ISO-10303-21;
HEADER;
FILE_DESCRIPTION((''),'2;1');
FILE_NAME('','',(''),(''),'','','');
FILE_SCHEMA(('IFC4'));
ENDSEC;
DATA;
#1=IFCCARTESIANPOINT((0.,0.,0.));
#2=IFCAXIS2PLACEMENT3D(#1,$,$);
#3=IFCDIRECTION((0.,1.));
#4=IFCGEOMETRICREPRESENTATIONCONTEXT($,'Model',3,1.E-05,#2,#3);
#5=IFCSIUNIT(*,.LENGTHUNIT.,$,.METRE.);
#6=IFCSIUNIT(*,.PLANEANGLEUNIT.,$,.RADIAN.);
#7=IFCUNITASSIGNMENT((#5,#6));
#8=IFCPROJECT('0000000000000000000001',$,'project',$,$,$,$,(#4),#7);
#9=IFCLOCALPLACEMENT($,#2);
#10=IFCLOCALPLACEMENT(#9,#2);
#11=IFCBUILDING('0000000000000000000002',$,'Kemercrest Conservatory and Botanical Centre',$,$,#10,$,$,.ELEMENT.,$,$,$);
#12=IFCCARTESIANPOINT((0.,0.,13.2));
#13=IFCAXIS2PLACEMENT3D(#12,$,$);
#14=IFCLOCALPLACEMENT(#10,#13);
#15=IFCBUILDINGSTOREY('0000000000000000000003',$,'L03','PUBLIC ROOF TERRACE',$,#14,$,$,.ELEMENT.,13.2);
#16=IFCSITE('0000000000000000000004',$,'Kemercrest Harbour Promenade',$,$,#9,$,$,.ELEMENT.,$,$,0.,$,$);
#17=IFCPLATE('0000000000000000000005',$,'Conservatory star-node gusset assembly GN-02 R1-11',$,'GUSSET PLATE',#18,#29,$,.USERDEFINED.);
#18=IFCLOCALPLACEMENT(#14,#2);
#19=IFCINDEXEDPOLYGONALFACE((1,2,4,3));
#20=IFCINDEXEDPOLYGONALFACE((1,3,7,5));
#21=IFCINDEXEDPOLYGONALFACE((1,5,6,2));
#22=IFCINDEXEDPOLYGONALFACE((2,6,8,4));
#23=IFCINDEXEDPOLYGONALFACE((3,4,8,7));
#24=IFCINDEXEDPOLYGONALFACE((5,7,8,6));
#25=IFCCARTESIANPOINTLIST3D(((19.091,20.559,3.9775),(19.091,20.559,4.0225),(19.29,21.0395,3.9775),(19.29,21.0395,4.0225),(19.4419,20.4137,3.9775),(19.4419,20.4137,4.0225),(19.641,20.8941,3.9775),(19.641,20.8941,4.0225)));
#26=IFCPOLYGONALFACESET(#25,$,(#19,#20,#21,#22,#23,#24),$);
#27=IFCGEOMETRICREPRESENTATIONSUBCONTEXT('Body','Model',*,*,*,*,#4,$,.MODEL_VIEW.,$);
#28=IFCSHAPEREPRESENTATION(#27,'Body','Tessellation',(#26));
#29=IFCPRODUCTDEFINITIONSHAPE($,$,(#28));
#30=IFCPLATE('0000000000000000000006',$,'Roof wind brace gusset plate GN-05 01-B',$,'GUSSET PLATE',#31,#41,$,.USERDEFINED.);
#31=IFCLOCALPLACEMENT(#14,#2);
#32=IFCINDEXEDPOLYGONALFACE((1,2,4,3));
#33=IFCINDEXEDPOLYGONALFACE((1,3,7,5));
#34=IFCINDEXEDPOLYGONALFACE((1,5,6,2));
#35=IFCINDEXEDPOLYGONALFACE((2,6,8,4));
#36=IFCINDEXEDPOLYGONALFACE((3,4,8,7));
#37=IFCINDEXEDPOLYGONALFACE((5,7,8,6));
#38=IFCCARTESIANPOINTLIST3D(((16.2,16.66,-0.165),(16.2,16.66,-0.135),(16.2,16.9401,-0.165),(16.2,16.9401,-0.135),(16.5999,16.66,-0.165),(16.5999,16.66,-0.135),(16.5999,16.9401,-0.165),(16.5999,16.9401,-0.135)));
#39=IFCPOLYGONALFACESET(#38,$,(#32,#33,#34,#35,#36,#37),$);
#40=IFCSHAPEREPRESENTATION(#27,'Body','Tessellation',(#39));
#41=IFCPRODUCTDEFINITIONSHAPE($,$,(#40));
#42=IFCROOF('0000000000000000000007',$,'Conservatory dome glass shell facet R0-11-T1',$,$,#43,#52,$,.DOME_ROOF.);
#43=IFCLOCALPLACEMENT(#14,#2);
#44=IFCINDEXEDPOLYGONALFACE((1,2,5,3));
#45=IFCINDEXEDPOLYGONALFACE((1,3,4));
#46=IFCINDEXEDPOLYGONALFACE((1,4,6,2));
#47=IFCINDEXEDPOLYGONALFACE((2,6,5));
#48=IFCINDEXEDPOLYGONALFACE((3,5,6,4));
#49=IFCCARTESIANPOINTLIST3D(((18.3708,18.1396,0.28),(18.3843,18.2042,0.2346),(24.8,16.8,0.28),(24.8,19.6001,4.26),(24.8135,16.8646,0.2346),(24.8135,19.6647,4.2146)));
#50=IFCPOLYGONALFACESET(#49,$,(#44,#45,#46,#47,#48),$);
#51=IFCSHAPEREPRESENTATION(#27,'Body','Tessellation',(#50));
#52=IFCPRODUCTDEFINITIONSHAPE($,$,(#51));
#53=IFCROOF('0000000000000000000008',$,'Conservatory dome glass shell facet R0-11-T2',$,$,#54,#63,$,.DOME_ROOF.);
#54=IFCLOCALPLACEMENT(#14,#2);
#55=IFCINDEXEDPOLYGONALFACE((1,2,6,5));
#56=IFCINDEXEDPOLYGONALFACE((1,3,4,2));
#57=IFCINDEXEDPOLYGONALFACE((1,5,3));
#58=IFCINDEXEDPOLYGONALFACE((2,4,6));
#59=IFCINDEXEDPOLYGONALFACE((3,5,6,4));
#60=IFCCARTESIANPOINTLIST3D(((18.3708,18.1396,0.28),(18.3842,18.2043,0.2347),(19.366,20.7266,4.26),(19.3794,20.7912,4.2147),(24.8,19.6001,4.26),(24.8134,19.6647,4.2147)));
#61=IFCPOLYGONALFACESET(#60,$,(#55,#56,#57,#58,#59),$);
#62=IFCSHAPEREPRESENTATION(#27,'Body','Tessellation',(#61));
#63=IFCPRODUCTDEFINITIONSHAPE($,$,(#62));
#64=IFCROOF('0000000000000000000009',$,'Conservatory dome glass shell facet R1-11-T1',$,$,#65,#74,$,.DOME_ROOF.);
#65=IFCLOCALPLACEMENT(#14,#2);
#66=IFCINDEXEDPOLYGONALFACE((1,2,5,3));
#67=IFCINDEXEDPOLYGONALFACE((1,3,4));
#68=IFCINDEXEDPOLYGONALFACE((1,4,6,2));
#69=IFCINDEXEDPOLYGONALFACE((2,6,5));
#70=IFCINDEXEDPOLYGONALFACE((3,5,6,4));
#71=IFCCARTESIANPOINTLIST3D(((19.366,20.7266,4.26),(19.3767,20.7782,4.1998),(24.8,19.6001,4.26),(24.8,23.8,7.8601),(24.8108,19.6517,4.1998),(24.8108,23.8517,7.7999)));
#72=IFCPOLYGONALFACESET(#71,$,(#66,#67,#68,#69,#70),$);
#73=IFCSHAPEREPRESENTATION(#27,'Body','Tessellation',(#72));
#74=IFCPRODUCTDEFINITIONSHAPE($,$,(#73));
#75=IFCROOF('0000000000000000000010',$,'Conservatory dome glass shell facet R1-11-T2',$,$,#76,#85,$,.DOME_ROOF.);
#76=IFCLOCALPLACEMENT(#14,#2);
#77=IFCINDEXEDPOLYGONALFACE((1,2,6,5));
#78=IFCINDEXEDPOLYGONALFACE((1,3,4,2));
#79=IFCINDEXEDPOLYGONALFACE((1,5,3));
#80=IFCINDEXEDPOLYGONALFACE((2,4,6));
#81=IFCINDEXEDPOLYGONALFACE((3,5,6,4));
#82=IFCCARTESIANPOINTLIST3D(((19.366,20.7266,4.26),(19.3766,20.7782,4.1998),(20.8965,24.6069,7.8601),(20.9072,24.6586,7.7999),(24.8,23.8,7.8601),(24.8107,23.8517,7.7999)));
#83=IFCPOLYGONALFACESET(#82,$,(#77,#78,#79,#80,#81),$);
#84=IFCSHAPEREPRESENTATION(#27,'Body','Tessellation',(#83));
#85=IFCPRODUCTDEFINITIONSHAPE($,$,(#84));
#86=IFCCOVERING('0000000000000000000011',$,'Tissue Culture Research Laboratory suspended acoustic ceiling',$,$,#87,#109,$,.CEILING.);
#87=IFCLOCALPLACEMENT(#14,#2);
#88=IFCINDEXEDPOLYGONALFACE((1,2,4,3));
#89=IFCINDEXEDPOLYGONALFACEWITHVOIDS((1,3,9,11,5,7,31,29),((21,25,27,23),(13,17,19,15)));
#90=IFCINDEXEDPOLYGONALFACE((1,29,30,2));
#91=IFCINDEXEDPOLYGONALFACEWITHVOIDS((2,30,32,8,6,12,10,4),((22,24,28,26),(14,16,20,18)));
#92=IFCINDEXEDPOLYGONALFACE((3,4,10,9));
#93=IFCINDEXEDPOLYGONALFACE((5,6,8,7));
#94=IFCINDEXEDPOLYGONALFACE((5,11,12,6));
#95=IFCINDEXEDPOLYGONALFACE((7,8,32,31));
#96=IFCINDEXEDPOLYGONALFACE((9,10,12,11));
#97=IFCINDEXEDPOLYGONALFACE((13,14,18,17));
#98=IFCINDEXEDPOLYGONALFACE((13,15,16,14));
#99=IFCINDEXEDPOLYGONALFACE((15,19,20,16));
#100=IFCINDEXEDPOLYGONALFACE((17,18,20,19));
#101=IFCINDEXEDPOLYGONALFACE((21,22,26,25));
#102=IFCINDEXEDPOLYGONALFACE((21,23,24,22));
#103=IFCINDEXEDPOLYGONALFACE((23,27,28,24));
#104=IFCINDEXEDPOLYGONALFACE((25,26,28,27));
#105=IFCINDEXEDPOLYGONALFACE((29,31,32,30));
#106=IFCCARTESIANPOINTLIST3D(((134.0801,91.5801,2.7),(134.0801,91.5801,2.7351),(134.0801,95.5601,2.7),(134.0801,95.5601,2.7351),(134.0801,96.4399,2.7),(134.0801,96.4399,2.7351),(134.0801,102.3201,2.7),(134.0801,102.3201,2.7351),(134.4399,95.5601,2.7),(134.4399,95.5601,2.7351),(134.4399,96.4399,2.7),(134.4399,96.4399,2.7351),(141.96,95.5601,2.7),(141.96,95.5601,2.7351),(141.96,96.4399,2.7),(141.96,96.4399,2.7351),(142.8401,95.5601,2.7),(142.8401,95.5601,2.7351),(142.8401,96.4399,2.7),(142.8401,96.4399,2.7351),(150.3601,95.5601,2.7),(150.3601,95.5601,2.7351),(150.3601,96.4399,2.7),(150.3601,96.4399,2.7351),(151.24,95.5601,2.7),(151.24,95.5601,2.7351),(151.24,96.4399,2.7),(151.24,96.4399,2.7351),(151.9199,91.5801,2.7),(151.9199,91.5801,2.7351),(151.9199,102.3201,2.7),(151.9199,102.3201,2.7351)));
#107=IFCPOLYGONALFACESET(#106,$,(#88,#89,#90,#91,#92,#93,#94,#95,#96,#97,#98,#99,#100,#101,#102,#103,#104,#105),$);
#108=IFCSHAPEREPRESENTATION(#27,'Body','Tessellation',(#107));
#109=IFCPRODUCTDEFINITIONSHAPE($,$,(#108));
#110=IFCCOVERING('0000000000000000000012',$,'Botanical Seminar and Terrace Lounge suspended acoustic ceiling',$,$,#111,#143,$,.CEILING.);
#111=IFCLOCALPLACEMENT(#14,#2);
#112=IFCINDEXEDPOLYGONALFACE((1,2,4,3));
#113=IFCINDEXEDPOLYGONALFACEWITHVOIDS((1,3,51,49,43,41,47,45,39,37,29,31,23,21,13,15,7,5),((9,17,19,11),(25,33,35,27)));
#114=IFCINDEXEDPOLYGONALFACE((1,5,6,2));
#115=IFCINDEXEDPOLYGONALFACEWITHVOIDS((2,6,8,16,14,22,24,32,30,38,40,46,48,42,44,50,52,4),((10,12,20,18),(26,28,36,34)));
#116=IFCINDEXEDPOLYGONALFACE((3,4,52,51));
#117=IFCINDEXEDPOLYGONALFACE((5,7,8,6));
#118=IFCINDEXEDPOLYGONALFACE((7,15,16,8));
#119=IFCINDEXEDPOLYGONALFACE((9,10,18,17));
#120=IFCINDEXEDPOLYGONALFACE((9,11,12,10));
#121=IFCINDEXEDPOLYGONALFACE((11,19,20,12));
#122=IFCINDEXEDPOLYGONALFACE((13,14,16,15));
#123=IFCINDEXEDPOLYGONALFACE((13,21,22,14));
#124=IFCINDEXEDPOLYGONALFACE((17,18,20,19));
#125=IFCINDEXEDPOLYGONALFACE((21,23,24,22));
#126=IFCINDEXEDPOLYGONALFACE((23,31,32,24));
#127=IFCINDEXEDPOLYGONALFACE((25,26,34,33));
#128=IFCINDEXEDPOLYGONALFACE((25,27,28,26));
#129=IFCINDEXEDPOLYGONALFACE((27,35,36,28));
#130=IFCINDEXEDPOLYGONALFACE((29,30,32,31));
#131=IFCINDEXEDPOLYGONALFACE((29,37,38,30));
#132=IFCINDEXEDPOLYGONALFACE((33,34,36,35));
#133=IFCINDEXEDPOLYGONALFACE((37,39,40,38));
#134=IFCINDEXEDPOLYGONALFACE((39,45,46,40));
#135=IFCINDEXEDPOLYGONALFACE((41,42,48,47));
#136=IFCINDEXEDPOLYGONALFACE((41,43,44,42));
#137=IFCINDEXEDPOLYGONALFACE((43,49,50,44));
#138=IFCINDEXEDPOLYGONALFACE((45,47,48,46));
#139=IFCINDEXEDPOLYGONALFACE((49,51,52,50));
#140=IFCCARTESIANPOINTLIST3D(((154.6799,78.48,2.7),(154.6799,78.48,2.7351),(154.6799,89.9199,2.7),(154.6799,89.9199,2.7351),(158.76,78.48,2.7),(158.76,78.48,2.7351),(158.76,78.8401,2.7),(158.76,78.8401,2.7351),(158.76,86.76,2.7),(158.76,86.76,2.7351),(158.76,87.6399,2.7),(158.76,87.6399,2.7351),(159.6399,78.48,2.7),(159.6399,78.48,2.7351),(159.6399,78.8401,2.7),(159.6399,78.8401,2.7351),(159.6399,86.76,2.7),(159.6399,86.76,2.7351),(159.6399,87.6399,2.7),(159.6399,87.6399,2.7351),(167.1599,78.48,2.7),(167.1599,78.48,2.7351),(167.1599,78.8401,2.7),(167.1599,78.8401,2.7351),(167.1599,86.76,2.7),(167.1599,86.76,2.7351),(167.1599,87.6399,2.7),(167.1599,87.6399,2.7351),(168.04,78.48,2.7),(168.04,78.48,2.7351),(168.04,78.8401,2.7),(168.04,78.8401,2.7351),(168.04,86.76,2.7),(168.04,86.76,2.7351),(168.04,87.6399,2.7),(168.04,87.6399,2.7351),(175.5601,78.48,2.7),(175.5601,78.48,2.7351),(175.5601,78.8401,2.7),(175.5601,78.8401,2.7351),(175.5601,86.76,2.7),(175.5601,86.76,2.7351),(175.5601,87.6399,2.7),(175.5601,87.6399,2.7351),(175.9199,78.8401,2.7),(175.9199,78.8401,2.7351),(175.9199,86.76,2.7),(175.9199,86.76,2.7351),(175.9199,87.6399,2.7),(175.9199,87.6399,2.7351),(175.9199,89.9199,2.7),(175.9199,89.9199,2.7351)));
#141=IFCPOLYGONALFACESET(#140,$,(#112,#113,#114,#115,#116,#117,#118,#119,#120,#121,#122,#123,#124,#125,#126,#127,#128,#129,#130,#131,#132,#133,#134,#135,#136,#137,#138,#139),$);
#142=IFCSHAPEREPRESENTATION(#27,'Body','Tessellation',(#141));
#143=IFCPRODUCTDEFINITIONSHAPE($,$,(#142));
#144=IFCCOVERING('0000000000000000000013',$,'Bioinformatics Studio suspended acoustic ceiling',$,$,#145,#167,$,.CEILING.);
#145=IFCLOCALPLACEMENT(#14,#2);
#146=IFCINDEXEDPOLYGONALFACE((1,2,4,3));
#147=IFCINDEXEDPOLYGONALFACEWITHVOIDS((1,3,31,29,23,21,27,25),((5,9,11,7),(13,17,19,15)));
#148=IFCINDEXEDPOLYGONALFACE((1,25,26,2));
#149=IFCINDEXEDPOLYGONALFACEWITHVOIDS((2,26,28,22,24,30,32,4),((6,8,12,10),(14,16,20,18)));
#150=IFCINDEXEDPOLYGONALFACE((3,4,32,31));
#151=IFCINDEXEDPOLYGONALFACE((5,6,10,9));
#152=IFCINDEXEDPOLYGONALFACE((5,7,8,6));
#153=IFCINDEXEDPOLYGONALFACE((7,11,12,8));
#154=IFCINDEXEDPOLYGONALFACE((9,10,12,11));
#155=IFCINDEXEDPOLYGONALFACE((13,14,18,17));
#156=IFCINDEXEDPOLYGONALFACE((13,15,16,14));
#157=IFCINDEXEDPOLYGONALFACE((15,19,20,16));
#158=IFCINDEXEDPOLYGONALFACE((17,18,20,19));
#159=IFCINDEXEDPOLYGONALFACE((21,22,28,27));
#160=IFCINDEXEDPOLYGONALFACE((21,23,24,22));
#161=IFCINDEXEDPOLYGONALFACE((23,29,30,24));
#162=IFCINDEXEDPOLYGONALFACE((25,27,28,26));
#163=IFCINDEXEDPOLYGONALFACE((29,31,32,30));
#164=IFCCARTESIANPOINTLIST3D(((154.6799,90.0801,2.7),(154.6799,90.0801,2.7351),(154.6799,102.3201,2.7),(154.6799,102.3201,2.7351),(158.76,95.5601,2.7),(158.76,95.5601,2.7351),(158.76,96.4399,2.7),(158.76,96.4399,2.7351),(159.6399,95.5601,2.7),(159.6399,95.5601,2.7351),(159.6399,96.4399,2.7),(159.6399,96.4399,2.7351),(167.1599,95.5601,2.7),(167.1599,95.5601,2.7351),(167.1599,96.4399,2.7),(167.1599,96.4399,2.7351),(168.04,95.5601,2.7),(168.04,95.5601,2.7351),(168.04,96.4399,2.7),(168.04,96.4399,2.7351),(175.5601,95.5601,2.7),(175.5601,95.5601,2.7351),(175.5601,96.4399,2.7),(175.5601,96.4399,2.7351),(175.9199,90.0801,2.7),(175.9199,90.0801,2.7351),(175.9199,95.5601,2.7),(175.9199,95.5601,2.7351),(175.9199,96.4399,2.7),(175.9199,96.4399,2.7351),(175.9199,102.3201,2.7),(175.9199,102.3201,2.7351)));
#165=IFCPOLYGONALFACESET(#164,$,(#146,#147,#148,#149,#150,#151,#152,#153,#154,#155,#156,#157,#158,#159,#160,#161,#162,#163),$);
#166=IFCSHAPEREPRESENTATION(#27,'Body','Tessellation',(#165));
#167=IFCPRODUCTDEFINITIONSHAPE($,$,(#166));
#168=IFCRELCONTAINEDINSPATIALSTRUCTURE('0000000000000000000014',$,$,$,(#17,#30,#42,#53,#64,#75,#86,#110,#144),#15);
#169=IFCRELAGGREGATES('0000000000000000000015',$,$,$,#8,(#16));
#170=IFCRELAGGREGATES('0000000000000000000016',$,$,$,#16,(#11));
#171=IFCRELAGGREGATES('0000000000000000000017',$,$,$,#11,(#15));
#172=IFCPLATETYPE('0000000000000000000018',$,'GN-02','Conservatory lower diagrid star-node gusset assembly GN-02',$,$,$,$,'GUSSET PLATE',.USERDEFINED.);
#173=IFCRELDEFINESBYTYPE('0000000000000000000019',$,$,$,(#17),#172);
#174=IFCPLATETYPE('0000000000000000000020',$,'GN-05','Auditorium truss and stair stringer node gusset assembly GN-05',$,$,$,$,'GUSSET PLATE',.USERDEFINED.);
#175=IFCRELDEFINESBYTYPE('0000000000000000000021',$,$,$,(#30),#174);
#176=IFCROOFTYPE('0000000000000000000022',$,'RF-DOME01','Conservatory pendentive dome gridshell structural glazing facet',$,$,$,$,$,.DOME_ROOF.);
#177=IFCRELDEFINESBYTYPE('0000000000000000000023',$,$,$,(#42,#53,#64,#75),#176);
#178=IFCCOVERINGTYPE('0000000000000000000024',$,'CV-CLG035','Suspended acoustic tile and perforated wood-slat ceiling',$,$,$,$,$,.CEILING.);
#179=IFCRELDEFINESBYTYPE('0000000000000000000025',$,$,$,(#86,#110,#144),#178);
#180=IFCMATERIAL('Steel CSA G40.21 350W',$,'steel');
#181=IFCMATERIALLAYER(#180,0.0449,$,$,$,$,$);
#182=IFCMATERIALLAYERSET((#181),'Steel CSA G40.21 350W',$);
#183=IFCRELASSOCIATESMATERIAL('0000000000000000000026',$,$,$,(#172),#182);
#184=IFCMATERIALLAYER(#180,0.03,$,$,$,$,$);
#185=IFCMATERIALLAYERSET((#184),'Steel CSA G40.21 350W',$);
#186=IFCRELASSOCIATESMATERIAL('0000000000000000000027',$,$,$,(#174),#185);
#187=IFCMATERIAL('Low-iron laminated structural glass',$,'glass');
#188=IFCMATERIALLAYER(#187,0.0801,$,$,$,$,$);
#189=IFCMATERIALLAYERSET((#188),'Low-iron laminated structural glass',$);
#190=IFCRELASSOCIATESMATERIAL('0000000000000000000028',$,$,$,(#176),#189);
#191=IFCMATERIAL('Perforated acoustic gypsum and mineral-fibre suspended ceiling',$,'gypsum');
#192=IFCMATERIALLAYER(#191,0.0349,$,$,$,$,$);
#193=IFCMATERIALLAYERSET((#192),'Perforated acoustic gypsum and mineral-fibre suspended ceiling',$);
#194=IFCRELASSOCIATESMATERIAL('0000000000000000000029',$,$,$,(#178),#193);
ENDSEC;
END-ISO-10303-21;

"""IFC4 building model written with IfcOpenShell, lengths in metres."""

from ifc_helpers import new_model, si_unit, direction, frame, origin, origin_2d, place, context, subcontext, project, spatial, polyline, rectangle, outline, extrude, material, layer, layer_set, type_object, element, save


model = new_model("IFC4")

# Units and contexts
model_context = context("Model", 3, precision=1e-05, world=origin(), true_north=direction((0.0, 1.0)))
body_context = subcontext(model_context, "Body", "Model", "MODEL_VIEW")
ifc_project = project(units=[si_unit("LENGTHUNIT", "METRE"), si_unit("PLANEANGLEUNIT", "RADIAN")], contexts=[model_context])

# Site, building, storey
site_placement = place(None, origin())
site = spatial("IfcSite", under=ifc_project, at=site_placement, Name="Kemercrest Harbour Promenade", CompositionType="ELEMENT", RefElevation=0.0)
building_placement = place(site_placement, origin())
building = spatial("IfcBuilding", under=site, at=building_placement, Name="Kemercrest Conservatory and Botanical Centre", CompositionType="ELEMENT")
storey_placement = place(building_placement, frame((0.0, 0.0, 13.2)))
storey = spatial("IfcBuildingStorey", under=building, at=storey_placement, Name="L03", Description="PUBLIC ROOF TERRACE", CompositionType="ELEMENT", Elevation=13.2)

# Shared definitions
ifc_material_1 = material(Name="Steel CSA G40.21 350W", Category="steel")

# Plates
ifc_layer_1 = layer(ifc_material_1, 0.0449)
ifc_layer_set_1 = layer_set([ifc_layer_1], Name="Steel CSA G40.21 350W")
plate_type_1 = type_object("IfcPlateType", Name="GN-02", Description="Conservatory lower diagrid star-node gusset assembly GN-02", ElementType="GUSSET PLATE", PredefinedType="USERDEFINED", material=ifc_layer_set_1)
plate_1_placement = place(storey_placement, frame((19.366, 20.7266, 3.9775), z_axis=(0.0, 0.0, 1.0), x_axis=(0.382683, 0.92388, 0.0)))
element("IfcPlate", 1, at=plate_1_placement, inside=storey, type_object=plate_type_1, Name="Conservatory star-node gusset assembly GN-02 R1-11", ObjectType="GUSSET PLATE", PredefinedType="USERDEFINED", context=body_context, shape_type="SweptSolid", body=[
    extrude(rectangle(XDim=0.52, YDim=0.3799, at=origin_2d()), origin(), (0.0, 0.0, 1.0), 0.0449),
])
ifc_layer_2 = layer(ifc_material_1, 0.03)
ifc_layer_set_2 = layer_set([ifc_layer_2], Name="Steel CSA G40.21 350W")
plate_type_2 = type_object("IfcPlateType", Name="GN-05", Description="Auditorium truss and stair stringer node gusset assembly GN-05", ElementType="GUSSET PLATE", PredefinedType="USERDEFINED", material=ifc_layer_set_2)
plate_2_placement = place(storey_placement, frame((16.3999, 16.8, -0.165), z_axis=(0.0, 0.0, 1.0), x_axis=(1.0, 0.0, 0.0)))
element("IfcPlate", 2, at=plate_2_placement, inside=storey, type_object=plate_type_2, Name="Roof wind brace gusset plate GN-05 01-B", ObjectType="GUSSET PLATE", PredefinedType="USERDEFINED", context=body_context, shape_type="SweptSolid", body=[
    extrude(rectangle(XDim=0.3999, YDim=0.28, at=origin_2d()), origin(), (0.0, 0.0, 1.0), 0.03),
])

# Roofs
ifc_material_2 = material(Name="Low-iron laminated structural glass", Category="glass")
ifc_layer_3 = layer(ifc_material_2, 0.0801)
ifc_layer_set_3 = layer_set([ifc_layer_3], Name="Low-iron laminated structural glass")
roof_type = type_object("IfcRoofType", Name="RF-DOME01", Description="Conservatory pendentive dome gridshell structural glazing facet", PredefinedType="DOME_ROOF", material=ifc_layer_set_3)
roof_1_placement = place(storey_placement, frame((18.3708, 18.1396, 0.28), z_axis=(-0.167991, -0.806249, 0.567223), x_axis=(0.978975, -0.203981, 0.0)))
element("IfcRoof", 3, at=roof_1_placement, inside=storey, type_object=roof_type, Name="Conservatory dome glass shell facet R0-11-T1", PredefinedType="DOME_ROOF", context=body_context, shape_type="SweptSolid", body=[
    extrude(outline(polyline([(0.0, 0.0), (6.5673, 0.0), (5.9961, 4.8326), (0.0, 0.0)])), origin(), (0.0, 0.0, -1.0), 0.0801),
])
roof_2_placement = place(storey_placement, frame((18.3708, 18.1396, 0.28), z_axis=(-0.167288, -0.807, 0.566362), x_axis=(0.834836, 0.18964, 0.516803)))
element("IfcRoof", 4, at=roof_2_placement, inside=storey, type_object=roof_type, Name="Conservatory dome glass shell facet R0-11-T2", PredefinedType="DOME_ROOF", context=body_context, shape_type="SweptSolid", body=[
    extrude(outline(polyline([(0.0, 0.0), (7.7012, 0.0), (3.3782, 3.48), (0.0, 0.0)])), origin(), (0.0, 0.0, -1.0), 0.0801),
])
roof_3_placement = place(storey_placement, frame((19.366, 20.7266, 4.26), z_axis=(-0.133698, -0.644963, 0.752428), x_axis=(0.979183, -0.202981, 0.0)))
element("IfcRoof", 5, at=roof_3_placement, inside=storey, type_object=roof_type, Name="Conservatory dome glass shell facet R1-11-T1", PredefinedType="DOME_ROOF", context=body_context, shape_type="SweptSolid", body=[
    extrude(outline(polyline([(0.0, 0.0), (5.5496, 0.0), (4.6971, 5.4657), (0.0, 0.0)])), origin(), (0.0, 0.0, -1.0), 0.0801),
])
roof_4_placement = place(storey_placement, frame((19.366, 20.7266, 4.26), z_axis=(-0.133381, -0.645276, 0.752216), x_axis=(0.754034, 0.426477, 0.49955)))
element("IfcRoof", 6, at=roof_4_placement, inside=storey, type_object=roof_type, Name="Conservatory dome glass shell facet R1-11-T2", PredefinedType="DOME_ROOF", context=body_context, shape_type="SweptSolid", body=[
    extrude(outline(polyline([(0.0, 0.0), (7.2067, 0.0), (4.6074, 3.022), (0.0, 0.0)])), origin(), (0.0, 0.0, -1.0), 0.0801),
])

# Coverings
ifc_material_3 = material(Name="Perforated acoustic gypsum and mineral-fibre suspended ceiling", Category="gypsum")
ifc_layer_4 = layer(ifc_material_3, 0.0349)
ifc_layer_set_4 = layer_set([ifc_layer_4], Name="Perforated acoustic gypsum and mineral-fibre suspended ceiling")
covering_type_1 = type_object("IfcCoveringType", Name="CV-CLG035", Description="Suspended acoustic tile and perforated wood-slat ceiling", PredefinedType="CEILING", material=ifc_layer_set_4)
covering_1_placement = place(storey_placement, frame((0.0, 0.0, 2.7)))
element("IfcCovering", 7, at=covering_1_placement, inside=storey, type_object=covering_type_1, Name="Tissue Culture Research Laboratory suspended acoustic ceiling", PredefinedType="CEILING", context=body_context, shape_type="SweptSolid", body=[
    extrude(outline(polyline([(134.4399, 95.5601), (134.0801, 95.5601), (134.0801, 91.5801), (151.9199, 91.5801), (151.9199, 102.3201), (134.0801, 102.3201), (134.0801, 96.4399), (134.4399, 96.4399), (134.4399, 95.5601)]), holes=[polyline([(151.24, 96.4399), (151.24, 95.5601), (150.3601, 95.5601), (150.3601, 96.4399), (151.24, 96.4399)]), polyline([(142.8401, 96.4399), (142.8401, 95.5601), (141.96, 95.5601), (141.96, 96.4399), (142.8401, 96.4399)])]), origin(), (0.0, 0.0, 1.0), 0.0352),
])
covering_2_placement = place(storey_placement, frame((0.0, 0.0, 2.7)))
element("IfcCovering", 8, at=covering_2_placement, inside=storey, type_object=covering_type_1, Name="Botanical Seminar and Terrace Lounge suspended acoustic ceiling", PredefinedType="CEILING", context=body_context, shape_type="SweptSolid", body=[
    extrude(outline(polyline([(167.1599, 78.8401), (168.04, 78.8401), (168.04, 78.48), (175.5601, 78.48), (175.5601, 78.8401), (175.9199, 78.8401), (175.9199, 86.76), (175.5601, 86.76), (175.5601, 87.6399), (175.9199, 87.6399), (175.9199, 89.9199), (154.6799, 89.9199), (154.6799, 78.48), (158.76, 78.48), (158.76, 78.8401), (159.6399, 78.8401), (159.6399, 78.48), (167.1599, 78.48), (167.1599, 78.8401)]), holes=[polyline([(167.1599, 87.6399), (168.04, 87.6399), (168.04, 86.76), (167.1599, 86.76), (167.1599, 87.6399)]), polyline([(159.6399, 87.6399), (159.6399, 86.76), (158.76, 86.76), (158.76, 87.6399), (159.6399, 87.6399)])]), origin(), (0.0, 0.0, 1.0), 0.0352),
])
covering_3_placement = place(storey_placement, frame((0.0, 0.0, 2.7)))
element("IfcCovering", 9, at=covering_3_placement, inside=storey, type_object=covering_type_1, Name="Bioinformatics Studio suspended acoustic ceiling", PredefinedType="CEILING", context=body_context, shape_type="SweptSolid", body=[
    extrude(outline(polyline([(175.9199, 102.3201), (154.6799, 102.3201), (154.6799, 90.0801), (175.9199, 90.0801), (175.9199, 95.5601), (175.5601, 95.5601), (175.5601, 96.4399), (175.9199, 96.4399), (175.9199, 102.3201)]), holes=[polyline([(168.04, 96.4399), (168.04, 95.5601), (167.1599, 95.5601), (167.1599, 96.4399), (168.04, 96.4399)]), polyline([(159.6399, 96.4399), (159.6399, 95.5601), (158.76, 95.5601), (158.76, 96.4399), (159.6399, 96.4399)])]), origin(), (0.0, 0.0, 1.0), 0.0352),
])

save(model, "model.ifc")
